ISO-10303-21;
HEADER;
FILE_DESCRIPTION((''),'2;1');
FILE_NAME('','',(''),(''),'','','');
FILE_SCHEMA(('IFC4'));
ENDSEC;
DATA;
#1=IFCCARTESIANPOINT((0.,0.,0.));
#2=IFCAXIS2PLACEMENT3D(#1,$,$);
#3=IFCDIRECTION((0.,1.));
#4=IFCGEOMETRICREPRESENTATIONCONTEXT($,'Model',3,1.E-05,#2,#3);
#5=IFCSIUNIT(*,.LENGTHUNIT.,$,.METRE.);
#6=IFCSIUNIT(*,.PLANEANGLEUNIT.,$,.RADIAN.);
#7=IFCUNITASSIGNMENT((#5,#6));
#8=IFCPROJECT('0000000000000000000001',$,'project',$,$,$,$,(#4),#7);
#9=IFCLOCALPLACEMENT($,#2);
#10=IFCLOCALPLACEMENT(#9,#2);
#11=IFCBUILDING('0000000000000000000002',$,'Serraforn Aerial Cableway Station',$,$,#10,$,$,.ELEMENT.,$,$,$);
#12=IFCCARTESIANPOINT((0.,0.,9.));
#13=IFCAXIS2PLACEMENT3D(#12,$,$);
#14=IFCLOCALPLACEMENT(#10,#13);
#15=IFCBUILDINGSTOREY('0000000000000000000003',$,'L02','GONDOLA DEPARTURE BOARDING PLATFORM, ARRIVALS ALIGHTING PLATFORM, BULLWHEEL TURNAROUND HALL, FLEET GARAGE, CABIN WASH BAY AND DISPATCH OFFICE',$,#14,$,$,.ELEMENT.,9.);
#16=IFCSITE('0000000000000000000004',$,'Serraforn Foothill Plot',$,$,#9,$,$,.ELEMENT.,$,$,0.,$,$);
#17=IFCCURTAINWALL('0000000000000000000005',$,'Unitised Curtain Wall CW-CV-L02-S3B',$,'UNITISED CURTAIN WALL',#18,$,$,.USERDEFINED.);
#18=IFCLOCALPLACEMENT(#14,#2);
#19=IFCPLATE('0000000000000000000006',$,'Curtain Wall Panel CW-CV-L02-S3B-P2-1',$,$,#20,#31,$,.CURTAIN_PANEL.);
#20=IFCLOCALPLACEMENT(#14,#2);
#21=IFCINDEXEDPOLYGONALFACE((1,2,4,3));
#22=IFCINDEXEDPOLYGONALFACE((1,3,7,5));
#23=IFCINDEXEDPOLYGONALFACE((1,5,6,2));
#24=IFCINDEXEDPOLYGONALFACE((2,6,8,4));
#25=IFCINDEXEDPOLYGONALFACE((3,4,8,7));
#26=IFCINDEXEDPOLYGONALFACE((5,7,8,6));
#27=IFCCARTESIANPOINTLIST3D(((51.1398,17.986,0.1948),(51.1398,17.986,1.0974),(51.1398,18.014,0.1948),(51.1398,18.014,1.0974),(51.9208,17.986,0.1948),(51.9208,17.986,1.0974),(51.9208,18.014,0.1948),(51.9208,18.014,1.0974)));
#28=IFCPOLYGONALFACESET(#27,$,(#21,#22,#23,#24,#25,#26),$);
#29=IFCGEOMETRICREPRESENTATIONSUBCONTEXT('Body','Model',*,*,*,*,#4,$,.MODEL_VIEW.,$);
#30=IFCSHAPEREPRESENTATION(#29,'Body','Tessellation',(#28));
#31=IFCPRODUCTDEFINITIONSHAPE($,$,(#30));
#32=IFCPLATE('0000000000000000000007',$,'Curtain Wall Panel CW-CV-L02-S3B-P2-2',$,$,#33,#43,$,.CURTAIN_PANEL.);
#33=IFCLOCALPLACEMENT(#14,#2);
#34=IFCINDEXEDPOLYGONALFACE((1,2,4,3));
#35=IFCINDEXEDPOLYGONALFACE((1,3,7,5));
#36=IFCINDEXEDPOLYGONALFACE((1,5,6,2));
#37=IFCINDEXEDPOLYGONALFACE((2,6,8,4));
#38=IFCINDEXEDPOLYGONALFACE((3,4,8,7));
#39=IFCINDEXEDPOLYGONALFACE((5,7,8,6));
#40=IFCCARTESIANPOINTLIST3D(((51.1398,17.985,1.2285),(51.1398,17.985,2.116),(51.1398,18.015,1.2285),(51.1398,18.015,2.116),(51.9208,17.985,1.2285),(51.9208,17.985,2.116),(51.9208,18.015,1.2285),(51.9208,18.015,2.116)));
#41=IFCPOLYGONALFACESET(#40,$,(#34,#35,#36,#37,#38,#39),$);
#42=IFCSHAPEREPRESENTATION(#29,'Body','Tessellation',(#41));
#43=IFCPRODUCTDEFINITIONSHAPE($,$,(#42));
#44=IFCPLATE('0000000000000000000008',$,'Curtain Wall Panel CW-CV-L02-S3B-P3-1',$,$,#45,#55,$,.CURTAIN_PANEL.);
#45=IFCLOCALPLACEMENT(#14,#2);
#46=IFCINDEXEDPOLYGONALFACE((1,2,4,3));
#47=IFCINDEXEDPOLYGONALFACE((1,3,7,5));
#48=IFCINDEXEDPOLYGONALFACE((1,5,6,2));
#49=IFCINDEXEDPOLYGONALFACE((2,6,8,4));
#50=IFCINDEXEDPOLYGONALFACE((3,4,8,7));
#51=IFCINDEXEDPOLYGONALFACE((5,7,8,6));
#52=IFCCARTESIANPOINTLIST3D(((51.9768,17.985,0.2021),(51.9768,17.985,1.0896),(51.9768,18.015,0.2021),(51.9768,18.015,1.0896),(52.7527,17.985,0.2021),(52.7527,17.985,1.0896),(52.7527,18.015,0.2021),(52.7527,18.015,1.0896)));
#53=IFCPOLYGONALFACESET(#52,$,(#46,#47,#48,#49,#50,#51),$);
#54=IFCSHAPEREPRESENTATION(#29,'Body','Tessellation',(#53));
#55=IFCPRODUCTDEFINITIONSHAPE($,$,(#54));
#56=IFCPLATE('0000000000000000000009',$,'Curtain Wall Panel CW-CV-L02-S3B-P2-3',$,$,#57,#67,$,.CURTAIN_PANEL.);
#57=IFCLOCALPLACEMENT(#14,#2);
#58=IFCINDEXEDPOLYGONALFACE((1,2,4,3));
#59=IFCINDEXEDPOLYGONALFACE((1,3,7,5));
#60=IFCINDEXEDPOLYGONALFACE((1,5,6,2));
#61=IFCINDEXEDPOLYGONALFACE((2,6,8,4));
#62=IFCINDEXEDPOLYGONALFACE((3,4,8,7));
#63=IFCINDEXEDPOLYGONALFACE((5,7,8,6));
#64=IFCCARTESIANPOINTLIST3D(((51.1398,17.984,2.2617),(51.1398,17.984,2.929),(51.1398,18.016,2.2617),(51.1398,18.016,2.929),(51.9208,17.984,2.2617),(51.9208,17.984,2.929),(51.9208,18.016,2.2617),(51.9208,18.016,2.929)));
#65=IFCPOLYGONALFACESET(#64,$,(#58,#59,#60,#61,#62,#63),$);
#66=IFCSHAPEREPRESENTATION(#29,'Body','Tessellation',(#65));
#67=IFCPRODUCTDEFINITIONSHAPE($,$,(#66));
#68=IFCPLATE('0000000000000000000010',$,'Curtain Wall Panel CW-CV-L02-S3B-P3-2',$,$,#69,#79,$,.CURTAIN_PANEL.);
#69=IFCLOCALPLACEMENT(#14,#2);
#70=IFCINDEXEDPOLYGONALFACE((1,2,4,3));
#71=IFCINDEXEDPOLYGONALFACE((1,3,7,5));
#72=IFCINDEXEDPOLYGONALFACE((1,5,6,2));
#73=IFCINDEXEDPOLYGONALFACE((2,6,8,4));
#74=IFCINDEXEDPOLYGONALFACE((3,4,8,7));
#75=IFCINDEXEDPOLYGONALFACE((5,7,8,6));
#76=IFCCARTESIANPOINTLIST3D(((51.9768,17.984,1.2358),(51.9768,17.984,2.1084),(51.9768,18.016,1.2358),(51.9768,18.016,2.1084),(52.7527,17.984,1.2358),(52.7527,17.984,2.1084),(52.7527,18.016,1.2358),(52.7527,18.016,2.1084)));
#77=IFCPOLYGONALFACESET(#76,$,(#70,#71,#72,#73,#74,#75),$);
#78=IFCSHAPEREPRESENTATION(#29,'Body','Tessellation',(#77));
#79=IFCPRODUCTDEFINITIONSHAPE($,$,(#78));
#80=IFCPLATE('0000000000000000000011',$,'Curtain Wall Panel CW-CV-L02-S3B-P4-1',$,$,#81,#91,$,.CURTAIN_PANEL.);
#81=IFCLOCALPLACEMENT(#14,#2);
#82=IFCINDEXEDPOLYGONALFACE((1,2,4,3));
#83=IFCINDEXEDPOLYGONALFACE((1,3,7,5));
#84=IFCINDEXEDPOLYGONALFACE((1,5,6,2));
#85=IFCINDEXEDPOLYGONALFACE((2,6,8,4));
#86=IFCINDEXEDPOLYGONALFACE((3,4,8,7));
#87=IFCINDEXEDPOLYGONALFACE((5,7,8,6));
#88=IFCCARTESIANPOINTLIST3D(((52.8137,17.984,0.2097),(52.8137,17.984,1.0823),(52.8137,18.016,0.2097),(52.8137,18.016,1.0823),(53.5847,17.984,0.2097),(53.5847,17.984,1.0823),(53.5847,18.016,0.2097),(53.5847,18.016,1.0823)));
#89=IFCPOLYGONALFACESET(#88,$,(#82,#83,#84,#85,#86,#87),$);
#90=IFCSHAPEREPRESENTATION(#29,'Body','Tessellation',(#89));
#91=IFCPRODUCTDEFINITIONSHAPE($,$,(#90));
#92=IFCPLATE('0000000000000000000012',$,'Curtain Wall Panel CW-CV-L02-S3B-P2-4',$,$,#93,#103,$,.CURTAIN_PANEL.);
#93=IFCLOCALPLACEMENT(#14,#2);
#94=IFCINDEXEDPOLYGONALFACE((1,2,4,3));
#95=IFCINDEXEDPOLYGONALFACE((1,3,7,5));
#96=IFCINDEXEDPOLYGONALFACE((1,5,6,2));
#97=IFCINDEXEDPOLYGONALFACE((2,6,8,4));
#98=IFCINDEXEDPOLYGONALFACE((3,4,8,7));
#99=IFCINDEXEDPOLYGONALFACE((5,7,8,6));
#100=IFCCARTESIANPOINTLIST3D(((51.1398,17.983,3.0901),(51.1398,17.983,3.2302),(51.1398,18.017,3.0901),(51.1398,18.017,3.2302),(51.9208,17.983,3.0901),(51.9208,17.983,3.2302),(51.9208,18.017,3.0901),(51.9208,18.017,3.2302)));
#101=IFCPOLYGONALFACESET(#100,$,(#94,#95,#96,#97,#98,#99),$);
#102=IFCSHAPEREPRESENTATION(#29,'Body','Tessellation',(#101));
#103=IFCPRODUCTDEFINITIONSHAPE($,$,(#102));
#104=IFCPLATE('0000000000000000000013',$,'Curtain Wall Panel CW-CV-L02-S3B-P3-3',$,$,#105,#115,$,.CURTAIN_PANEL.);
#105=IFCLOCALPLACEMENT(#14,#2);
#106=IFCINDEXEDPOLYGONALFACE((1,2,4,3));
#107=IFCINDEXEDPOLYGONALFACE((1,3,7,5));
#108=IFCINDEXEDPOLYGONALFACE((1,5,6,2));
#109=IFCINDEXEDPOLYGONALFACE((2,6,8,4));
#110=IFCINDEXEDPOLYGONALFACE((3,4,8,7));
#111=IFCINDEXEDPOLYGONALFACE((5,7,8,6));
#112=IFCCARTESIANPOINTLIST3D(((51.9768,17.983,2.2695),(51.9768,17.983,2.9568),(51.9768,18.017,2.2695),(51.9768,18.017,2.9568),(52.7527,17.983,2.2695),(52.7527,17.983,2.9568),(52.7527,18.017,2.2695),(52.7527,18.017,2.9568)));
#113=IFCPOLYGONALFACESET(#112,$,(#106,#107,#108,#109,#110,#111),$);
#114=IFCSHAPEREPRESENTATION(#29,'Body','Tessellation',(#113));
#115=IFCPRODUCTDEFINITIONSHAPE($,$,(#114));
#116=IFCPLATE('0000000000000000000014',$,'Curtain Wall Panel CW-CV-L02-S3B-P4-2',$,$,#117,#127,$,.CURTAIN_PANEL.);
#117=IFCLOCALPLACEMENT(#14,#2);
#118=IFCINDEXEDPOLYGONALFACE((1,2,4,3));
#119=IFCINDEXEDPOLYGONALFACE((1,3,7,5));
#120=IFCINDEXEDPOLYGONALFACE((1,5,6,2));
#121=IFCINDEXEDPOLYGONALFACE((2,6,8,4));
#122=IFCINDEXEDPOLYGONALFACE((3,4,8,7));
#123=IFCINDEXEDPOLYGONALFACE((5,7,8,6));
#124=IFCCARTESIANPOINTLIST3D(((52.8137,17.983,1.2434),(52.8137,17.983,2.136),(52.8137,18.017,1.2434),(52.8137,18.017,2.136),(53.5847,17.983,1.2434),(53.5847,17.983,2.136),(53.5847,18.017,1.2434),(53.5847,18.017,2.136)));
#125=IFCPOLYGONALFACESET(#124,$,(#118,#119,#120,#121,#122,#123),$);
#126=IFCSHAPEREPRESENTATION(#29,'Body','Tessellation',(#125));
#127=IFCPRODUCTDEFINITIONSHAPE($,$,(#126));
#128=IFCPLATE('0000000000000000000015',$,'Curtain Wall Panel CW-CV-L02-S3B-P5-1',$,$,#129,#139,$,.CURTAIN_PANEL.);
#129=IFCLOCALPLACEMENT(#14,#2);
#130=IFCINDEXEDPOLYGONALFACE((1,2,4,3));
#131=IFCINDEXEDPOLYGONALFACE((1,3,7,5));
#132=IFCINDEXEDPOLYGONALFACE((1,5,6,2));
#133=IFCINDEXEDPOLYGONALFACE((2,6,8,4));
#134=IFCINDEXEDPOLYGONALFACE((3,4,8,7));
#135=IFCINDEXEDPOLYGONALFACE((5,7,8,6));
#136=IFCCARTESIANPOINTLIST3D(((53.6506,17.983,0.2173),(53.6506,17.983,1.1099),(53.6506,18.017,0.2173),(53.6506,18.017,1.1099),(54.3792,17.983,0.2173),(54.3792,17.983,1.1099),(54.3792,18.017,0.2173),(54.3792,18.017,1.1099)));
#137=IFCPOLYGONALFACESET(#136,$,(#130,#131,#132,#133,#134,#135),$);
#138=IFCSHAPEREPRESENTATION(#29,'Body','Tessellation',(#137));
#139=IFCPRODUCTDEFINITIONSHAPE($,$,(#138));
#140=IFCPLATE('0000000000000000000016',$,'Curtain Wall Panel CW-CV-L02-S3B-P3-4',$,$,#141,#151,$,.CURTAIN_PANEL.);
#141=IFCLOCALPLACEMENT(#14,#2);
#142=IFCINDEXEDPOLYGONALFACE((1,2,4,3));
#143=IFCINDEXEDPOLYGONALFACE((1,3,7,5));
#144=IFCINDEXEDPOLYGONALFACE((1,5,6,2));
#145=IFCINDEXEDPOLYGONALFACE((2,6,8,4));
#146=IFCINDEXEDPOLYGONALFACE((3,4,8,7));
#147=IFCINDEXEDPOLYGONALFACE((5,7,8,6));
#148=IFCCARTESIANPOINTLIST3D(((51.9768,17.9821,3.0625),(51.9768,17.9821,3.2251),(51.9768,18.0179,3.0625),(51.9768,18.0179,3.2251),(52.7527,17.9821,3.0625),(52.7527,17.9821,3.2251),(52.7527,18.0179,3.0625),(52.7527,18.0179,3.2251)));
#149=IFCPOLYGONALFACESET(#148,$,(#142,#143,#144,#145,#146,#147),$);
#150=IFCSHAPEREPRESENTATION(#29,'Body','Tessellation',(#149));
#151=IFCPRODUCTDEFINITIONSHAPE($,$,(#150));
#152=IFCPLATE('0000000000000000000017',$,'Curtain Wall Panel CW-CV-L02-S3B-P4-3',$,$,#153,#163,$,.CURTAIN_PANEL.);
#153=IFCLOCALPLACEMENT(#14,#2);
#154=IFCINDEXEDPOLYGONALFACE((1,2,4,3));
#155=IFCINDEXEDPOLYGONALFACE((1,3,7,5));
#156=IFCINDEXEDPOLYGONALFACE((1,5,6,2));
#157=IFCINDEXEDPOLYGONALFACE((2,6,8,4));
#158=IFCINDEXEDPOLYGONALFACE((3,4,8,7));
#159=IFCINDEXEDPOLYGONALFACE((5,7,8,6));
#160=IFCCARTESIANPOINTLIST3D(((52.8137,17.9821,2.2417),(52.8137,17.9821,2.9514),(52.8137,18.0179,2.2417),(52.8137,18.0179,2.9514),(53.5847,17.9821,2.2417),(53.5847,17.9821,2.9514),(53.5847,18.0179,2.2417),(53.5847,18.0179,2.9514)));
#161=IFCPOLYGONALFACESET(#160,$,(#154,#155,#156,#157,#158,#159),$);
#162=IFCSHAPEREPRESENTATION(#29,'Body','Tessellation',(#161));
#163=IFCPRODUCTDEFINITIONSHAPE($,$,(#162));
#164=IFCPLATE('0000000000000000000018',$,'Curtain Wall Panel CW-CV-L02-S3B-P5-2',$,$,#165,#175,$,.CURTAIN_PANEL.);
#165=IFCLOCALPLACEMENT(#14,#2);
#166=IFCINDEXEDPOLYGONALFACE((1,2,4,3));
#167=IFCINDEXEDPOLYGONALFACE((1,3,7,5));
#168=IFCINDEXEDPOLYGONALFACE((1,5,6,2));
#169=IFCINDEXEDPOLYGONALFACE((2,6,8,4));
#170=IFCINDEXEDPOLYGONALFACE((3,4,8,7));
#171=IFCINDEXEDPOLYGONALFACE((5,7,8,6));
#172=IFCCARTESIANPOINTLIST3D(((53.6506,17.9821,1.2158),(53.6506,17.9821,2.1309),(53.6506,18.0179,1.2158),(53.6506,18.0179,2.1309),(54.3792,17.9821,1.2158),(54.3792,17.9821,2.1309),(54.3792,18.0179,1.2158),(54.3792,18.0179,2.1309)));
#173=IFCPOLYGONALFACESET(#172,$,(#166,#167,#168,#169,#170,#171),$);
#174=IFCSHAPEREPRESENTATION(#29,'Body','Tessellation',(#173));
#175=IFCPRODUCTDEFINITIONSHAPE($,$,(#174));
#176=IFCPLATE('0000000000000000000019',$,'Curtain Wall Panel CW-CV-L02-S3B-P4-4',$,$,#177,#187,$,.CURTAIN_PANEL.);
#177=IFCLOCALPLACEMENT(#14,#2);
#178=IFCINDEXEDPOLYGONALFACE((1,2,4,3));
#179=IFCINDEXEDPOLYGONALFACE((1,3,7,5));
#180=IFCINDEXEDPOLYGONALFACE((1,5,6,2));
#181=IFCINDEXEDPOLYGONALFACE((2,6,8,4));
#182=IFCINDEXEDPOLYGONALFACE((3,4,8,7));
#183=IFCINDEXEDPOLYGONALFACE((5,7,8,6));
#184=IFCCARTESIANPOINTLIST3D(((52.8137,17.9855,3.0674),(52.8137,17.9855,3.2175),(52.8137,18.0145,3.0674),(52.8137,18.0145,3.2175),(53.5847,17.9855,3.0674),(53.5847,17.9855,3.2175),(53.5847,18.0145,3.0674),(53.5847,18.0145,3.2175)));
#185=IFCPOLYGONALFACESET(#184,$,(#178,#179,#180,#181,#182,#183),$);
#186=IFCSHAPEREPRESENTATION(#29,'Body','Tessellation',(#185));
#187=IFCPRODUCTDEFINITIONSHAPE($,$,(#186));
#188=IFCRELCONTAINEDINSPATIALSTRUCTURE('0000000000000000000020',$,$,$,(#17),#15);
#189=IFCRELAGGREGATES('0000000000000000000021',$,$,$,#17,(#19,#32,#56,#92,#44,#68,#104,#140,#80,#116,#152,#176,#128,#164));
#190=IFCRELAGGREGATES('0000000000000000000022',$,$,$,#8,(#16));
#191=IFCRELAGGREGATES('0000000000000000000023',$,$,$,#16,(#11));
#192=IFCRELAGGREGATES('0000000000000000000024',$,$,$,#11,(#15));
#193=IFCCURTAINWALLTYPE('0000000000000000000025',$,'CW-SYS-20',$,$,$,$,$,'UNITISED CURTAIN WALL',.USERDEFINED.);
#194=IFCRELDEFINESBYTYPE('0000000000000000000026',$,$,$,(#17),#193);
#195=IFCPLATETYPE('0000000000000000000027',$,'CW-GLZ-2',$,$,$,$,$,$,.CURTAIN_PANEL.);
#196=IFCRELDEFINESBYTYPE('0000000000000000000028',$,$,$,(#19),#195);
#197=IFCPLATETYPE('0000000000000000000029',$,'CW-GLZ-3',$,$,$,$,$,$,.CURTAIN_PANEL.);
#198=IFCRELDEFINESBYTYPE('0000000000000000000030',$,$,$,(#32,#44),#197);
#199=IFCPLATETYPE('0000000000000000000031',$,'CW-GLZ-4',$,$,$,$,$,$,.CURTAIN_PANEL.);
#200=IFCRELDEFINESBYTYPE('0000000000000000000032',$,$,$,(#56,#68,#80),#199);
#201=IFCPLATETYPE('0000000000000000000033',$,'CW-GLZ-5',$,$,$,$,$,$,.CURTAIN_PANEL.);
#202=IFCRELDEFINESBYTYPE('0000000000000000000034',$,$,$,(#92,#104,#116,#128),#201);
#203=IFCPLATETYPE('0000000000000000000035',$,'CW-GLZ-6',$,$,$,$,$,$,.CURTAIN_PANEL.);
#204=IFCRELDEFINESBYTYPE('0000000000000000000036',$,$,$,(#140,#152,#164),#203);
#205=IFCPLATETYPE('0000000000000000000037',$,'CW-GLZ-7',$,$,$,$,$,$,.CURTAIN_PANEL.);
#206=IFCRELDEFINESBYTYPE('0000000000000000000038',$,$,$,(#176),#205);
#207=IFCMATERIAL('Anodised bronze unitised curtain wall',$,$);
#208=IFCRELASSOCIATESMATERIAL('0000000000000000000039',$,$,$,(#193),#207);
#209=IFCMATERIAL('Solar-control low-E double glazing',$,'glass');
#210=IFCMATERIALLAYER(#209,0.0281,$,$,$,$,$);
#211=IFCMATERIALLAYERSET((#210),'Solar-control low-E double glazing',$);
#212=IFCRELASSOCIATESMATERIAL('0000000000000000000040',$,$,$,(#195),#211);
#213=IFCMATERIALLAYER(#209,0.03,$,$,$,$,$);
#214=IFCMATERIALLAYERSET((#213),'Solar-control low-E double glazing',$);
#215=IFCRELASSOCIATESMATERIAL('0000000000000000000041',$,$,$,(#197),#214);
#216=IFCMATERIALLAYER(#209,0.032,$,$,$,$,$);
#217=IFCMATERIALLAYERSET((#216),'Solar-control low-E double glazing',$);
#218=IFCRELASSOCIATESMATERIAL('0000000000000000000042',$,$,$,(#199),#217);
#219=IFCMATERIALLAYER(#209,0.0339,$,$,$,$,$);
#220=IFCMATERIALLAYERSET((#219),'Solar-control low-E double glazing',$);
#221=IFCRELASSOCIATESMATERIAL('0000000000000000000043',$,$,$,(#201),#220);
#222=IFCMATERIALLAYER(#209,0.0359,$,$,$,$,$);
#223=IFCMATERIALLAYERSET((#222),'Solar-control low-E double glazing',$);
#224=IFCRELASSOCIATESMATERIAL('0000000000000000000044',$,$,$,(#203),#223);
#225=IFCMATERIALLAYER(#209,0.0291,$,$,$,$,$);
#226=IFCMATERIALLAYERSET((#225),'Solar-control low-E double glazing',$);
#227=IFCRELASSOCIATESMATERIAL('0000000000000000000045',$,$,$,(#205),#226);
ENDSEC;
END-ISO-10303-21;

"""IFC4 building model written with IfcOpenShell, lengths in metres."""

from ifc_helpers import new_model, si_unit, direction, frame, origin, origin_2d, place, context, subcontext, project, spatial, rectangle, extrude, material, layer, layer_set, type_object, element, aggregate, save


model = new_model("IFC4")

# Units and contexts
model_context = context("Model", 3, precision=1e-05, world=origin(), true_north=direction((0.0, 1.0)))
body_context = subcontext(model_context, "Body", "Model", "MODEL_VIEW")
ifc_project = project(units=[si_unit("LENGTHUNIT", "METRE"), si_unit("PLANEANGLEUNIT", "RADIAN")], contexts=[model_context])

# Site, building, storey
site_placement = place(None, origin())
site = spatial("IfcSite", under=ifc_project, at=site_placement, Name="Serraforn Foothill Plot", CompositionType="ELEMENT", RefElevation=0.0)
building_placement = place(site_placement, origin())
building = spatial("IfcBuilding", under=site, at=building_placement, Name="Serraforn Aerial Cableway Station", CompositionType="ELEMENT")
storey_placement = place(building_placement, frame((0.0, 0.0, 9.0)))
storey = spatial("IfcBuildingStorey", under=building, at=storey_placement, Name="L02", Description="GONDOLA DEPARTURE BOARDING PLATFORM, ARRIVALS ALIGHTING PLATFORM, BULLWHEEL TURNAROUND HALL, FLEET GARAGE, CABIN WASH BAY AND DISPATCH OFFICE", CompositionType="ELEMENT", Elevation=9.0)

# Curtain wall
ifc_material_1 = material(Name="Anodised bronze unitised curtain wall")
curtain_wall_type = type_object("IfcCurtainWallType", Name="CW-SYS-20", ElementType="UNITISED CURTAIN WALL", PredefinedType="USERDEFINED", material=ifc_material_1)
curtain_wall_placement = place(storey_placement, origin())
curtain_wall = element("IfcCurtainWall", 1, at=curtain_wall_placement, inside=storey, type_object=curtain_wall_type, Name="Unitised Curtain Wall CW-CV-L02-S3B", ObjectType="UNITISED CURTAIN WALL", PredefinedType="USERDEFINED")

# Plates
ifc_material_2 = material(Name="Solar-control low-E double glazing", Category="glass")
ifc_layer_1 = layer(ifc_material_2, 0.0281)
ifc_layer_set_1 = layer_set([ifc_layer_1], Name="Solar-control low-E double glazing")
plate_type_1 = type_object("IfcPlateType", Name="CW-GLZ-2", PredefinedType="CURTAIN_PANEL", material=ifc_layer_set_1)
plate_1_placement = place(storey_placement, frame((51.5303, 18.0, 0.1948), z_axis=(0.0, 0.0, 1.0), x_axis=(1.0, 0.0, 0.0)))
plate_1 = element("IfcPlate", 2, at=plate_1_placement, type_object=plate_type_1, Name="Curtain Wall Panel CW-CV-L02-S3B-P2-1", PredefinedType="CURTAIN_PANEL", context=body_context, shape_type="SweptSolid", body=[
    extrude(rectangle(XDim=0.781, YDim=0.0281, at=origin_2d()), origin(), (0.0, 0.0, 1.0), 0.9026),
])
ifc_layer_2 = layer(ifc_material_2, 0.03)
ifc_layer_set_2 = layer_set([ifc_layer_2], Name="Solar-control low-E double glazing")
plate_type_2 = type_object("IfcPlateType", Name="CW-GLZ-3", PredefinedType="CURTAIN_PANEL", material=ifc_layer_set_2)
plate_2_placement = place(storey_placement, frame((51.5303, 18.0, 1.2285), z_axis=(0.0, 0.0, 1.0), x_axis=(1.0, 0.0, 0.0)))
plate_2 = element("IfcPlate", 3, at=plate_2_placement, type_object=plate_type_2, Name="Curtain Wall Panel CW-CV-L02-S3B-P2-2", PredefinedType="CURTAIN_PANEL", context=body_context, shape_type="SweptSolid", body=[
    extrude(rectangle(XDim=0.781, YDim=0.03, at=origin_2d()), origin(), (0.0, 0.0, 1.0), 0.8875),
])
plate_3_placement = place(storey_placement, frame((52.3647, 18.0, 0.2021), z_axis=(0.0, 0.0, 1.0), x_axis=(1.0, 0.0, 0.0)))
plate_3 = element("IfcPlate", 4, at=plate_3_placement, type_object=plate_type_2, Name="Curtain Wall Panel CW-CV-L02-S3B-P3-1", PredefinedType="CURTAIN_PANEL", context=body_context, shape_type="SweptSolid", body=[
    extrude(rectangle(XDim=0.7759, YDim=0.03, at=origin_2d()), origin(), (0.0, 0.0, 1.0), 0.8875),
])
ifc_layer_3 = layer(ifc_material_2, 0.032)
ifc_layer_set_3 = layer_set([ifc_layer_3], Name="Solar-control low-E double glazing")
plate_type_3 = type_object("IfcPlateType", Name="CW-GLZ-4", PredefinedType="CURTAIN_PANEL", material=ifc_layer_set_3)
plate_4_placement = place(storey_placement, frame((51.5303, 18.0, 2.2617), z_axis=(0.0, 0.0, 1.0), x_axis=(1.0, 0.0, 0.0)))
plate_4 = element("IfcPlate", 5, at=plate_4_placement, type_object=plate_type_3, Name="Curtain Wall Panel CW-CV-L02-S3B-P2-3", PredefinedType="CURTAIN_PANEL", context=body_context, shape_type="SweptSolid", body=[
    extrude(rectangle(XDim=0.781, YDim=0.032, at=origin_2d()), origin(), (0.0, 0.0, 1.0), 0.6672),
])
plate_5_placement = place(storey_placement, frame((52.3647, 18.0, 1.2358), z_axis=(0.0, 0.0, 1.0), x_axis=(1.0, 0.0, 0.0)))
plate_5 = element("IfcPlate", 6, at=plate_5_placement, type_object=plate_type_3, Name="Curtain Wall Panel CW-CV-L02-S3B-P3-2", PredefinedType="CURTAIN_PANEL", context=body_context, shape_type="SweptSolid", body=[
    extrude(rectangle(XDim=0.7759, YDim=0.032, at=origin_2d()), origin(), (0.0, 0.0, 1.0), 0.8726),
])
plate_6_placement = place(storey_placement, frame((53.1992, 18.0, 0.2097), z_axis=(0.0, 0.0, 1.0), x_axis=(1.0, 0.0, 0.0)))
plate_6 = element("IfcPlate", 7, at=plate_6_placement, type_object=plate_type_3, Name="Curtain Wall Panel CW-CV-L02-S3B-P4-1", PredefinedType="CURTAIN_PANEL", context=body_context, shape_type="SweptSolid", body=[
    extrude(rectangle(XDim=0.771, YDim=0.032, at=origin_2d()), origin(), (0.0, 0.0, 1.0), 0.8726),
])
ifc_layer_4 = layer(ifc_material_2, 0.0339)
ifc_layer_set_4 = layer_set([ifc_layer_4], Name="Solar-control low-E double glazing")
plate_type_4 = type_object("IfcPlateType", Name="CW-GLZ-5", PredefinedType="CURTAIN_PANEL", material=ifc_layer_set_4)
plate_7_placement = place(storey_placement, frame((51.5303, 18.0, 3.0901), z_axis=(0.0, 0.0, 1.0), x_axis=(1.0, 0.0, 0.0)))
plate_7 = element("IfcPlate", 8, at=plate_7_placement, type_object=plate_type_4, Name="Curtain Wall Panel CW-CV-L02-S3B-P2-4", PredefinedType="CURTAIN_PANEL", context=body_context, shape_type="SweptSolid", body=[
    extrude(rectangle(XDim=0.781, YDim=0.0339, at=origin_2d()), origin(), (0.0, 0.0, 1.0), 0.1401),
])
plate_8_placement = place(storey_placement, frame((52.3647, 18.0, 2.2695), z_axis=(0.0, 0.0, 1.0), x_axis=(1.0, 0.0, 0.0)))
plate_8 = element("IfcPlate", 9, at=plate_8_placement, type_object=plate_type_4, Name="Curtain Wall Panel CW-CV-L02-S3B-P3-3", PredefinedType="CURTAIN_PANEL", context=body_context, shape_type="SweptSolid", body=[
    extrude(rectangle(XDim=0.7759, YDim=0.0339, at=origin_2d()), origin(), (0.0, 0.0, 1.0), 0.6873),
])
plate_9_placement = place(storey_placement, frame((53.1992, 18.0, 1.2434), z_axis=(0.0, 0.0, 1.0), x_axis=(1.0, 0.0, 0.0)))
plate_9 = element("IfcPlate", 10, at=plate_9_placement, type_object=plate_type_4, Name="Curtain Wall Panel CW-CV-L02-S3B-P4-2", PredefinedType="CURTAIN_PANEL", context=body_context, shape_type="SweptSolid", body=[
    extrude(rectangle(XDim=0.771, YDim=0.0339, at=origin_2d()), origin(), (0.0, 0.0, 1.0), 0.8926),
])
plate_10_placement = place(storey_placement, frame((54.0149, 18.0, 0.2173), z_axis=(0.0, 0.0, 1.0), x_axis=(1.0, 0.0, 0.0)))
plate_10 = element("IfcPlate", 11, at=plate_10_placement, type_object=plate_type_4, Name="Curtain Wall Panel CW-CV-L02-S3B-P5-1", PredefinedType="CURTAIN_PANEL", context=body_context, shape_type="SweptSolid", body=[
    extrude(rectangle(XDim=0.7285, YDim=0.0339, at=origin_2d()), origin(), (0.0, 0.0, 1.0), 0.8926),
])
ifc_layer_5 = layer(ifc_material_2, 0.0359)
ifc_layer_set_5 = layer_set([ifc_layer_5], Name="Solar-control low-E double glazing")
plate_type_5 = type_object("IfcPlateType", Name="CW-GLZ-6", PredefinedType="CURTAIN_PANEL", material=ifc_layer_set_5)
plate_11_placement = place(storey_placement, frame((52.3647, 18.0, 3.0625), z_axis=(0.0, 0.0, 1.0), x_axis=(1.0, 0.0, 0.0)))
plate_11 = element("IfcPlate", 12, at=plate_11_placement, type_object=plate_type_5, Name="Curtain Wall Panel CW-CV-L02-S3B-P3-4", PredefinedType="CURTAIN_PANEL", context=body_context, shape_type="SweptSolid", body=[
    extrude(rectangle(XDim=0.7759, YDim=0.0359, at=origin_2d()), origin(), (0.0, 0.0, 1.0), 0.1626),
])
plate_12_placement = place(storey_placement, frame((53.1992, 18.0, 2.2417), z_axis=(0.0, 0.0, 1.0), x_axis=(1.0, 0.0, 0.0)))
plate_12 = element("IfcPlate", 13, at=plate_12_placement, type_object=plate_type_5, Name="Curtain Wall Panel CW-CV-L02-S3B-P4-3", PredefinedType="CURTAIN_PANEL", context=body_context, shape_type="SweptSolid", body=[
    extrude(rectangle(XDim=0.771, YDim=0.0359, at=origin_2d()), origin(), (0.0, 0.0, 1.0), 0.7097),
])
plate_13_placement = place(storey_placement, frame((54.0149, 18.0, 1.2158), z_axis=(0.0, 0.0, 1.0), x_axis=(1.0, 0.0, 0.0)))
plate_13 = element("IfcPlate", 14, at=plate_13_placement, type_object=plate_type_5, Name="Curtain Wall Panel CW-CV-L02-S3B-P5-2", PredefinedType="CURTAIN_PANEL", context=body_context, shape_type="SweptSolid", body=[
    extrude(rectangle(XDim=0.7285, YDim=0.0359, at=origin_2d()), origin(), (0.0, 0.0, 1.0), 0.915),
])
ifc_layer_6 = layer(ifc_material_2, 0.0291)
ifc_layer_set_6 = layer_set([ifc_layer_6], Name="Solar-control low-E double glazing")
plate_type_6 = type_object("IfcPlateType", Name="CW-GLZ-7", PredefinedType="CURTAIN_PANEL", material=ifc_layer_set_6)
plate_14_placement = place(storey_placement, frame((53.1992, 18.0, 3.0674), z_axis=(0.0, 0.0, 1.0), x_axis=(1.0, 0.0, 0.0)))
plate_14 = element("IfcPlate", 15, at=plate_14_placement, type_object=plate_type_6, Name="Curtain Wall Panel CW-CV-L02-S3B-P4-4", PredefinedType="CURTAIN_PANEL", context=body_context, shape_type="SweptSolid", body=[
    extrude(rectangle(XDim=0.771, YDim=0.0291, at=origin_2d()), origin(), (0.0, 0.0, 1.0), 0.1501),
])
aggregate(curtain_wall, [plate_1, plate_2, plate_4, plate_7, plate_3, plate_5, plate_8, plate_11, plate_6, plate_9, plate_12, plate_14, plate_10, plate_13])

save(model, "model.ifc")
